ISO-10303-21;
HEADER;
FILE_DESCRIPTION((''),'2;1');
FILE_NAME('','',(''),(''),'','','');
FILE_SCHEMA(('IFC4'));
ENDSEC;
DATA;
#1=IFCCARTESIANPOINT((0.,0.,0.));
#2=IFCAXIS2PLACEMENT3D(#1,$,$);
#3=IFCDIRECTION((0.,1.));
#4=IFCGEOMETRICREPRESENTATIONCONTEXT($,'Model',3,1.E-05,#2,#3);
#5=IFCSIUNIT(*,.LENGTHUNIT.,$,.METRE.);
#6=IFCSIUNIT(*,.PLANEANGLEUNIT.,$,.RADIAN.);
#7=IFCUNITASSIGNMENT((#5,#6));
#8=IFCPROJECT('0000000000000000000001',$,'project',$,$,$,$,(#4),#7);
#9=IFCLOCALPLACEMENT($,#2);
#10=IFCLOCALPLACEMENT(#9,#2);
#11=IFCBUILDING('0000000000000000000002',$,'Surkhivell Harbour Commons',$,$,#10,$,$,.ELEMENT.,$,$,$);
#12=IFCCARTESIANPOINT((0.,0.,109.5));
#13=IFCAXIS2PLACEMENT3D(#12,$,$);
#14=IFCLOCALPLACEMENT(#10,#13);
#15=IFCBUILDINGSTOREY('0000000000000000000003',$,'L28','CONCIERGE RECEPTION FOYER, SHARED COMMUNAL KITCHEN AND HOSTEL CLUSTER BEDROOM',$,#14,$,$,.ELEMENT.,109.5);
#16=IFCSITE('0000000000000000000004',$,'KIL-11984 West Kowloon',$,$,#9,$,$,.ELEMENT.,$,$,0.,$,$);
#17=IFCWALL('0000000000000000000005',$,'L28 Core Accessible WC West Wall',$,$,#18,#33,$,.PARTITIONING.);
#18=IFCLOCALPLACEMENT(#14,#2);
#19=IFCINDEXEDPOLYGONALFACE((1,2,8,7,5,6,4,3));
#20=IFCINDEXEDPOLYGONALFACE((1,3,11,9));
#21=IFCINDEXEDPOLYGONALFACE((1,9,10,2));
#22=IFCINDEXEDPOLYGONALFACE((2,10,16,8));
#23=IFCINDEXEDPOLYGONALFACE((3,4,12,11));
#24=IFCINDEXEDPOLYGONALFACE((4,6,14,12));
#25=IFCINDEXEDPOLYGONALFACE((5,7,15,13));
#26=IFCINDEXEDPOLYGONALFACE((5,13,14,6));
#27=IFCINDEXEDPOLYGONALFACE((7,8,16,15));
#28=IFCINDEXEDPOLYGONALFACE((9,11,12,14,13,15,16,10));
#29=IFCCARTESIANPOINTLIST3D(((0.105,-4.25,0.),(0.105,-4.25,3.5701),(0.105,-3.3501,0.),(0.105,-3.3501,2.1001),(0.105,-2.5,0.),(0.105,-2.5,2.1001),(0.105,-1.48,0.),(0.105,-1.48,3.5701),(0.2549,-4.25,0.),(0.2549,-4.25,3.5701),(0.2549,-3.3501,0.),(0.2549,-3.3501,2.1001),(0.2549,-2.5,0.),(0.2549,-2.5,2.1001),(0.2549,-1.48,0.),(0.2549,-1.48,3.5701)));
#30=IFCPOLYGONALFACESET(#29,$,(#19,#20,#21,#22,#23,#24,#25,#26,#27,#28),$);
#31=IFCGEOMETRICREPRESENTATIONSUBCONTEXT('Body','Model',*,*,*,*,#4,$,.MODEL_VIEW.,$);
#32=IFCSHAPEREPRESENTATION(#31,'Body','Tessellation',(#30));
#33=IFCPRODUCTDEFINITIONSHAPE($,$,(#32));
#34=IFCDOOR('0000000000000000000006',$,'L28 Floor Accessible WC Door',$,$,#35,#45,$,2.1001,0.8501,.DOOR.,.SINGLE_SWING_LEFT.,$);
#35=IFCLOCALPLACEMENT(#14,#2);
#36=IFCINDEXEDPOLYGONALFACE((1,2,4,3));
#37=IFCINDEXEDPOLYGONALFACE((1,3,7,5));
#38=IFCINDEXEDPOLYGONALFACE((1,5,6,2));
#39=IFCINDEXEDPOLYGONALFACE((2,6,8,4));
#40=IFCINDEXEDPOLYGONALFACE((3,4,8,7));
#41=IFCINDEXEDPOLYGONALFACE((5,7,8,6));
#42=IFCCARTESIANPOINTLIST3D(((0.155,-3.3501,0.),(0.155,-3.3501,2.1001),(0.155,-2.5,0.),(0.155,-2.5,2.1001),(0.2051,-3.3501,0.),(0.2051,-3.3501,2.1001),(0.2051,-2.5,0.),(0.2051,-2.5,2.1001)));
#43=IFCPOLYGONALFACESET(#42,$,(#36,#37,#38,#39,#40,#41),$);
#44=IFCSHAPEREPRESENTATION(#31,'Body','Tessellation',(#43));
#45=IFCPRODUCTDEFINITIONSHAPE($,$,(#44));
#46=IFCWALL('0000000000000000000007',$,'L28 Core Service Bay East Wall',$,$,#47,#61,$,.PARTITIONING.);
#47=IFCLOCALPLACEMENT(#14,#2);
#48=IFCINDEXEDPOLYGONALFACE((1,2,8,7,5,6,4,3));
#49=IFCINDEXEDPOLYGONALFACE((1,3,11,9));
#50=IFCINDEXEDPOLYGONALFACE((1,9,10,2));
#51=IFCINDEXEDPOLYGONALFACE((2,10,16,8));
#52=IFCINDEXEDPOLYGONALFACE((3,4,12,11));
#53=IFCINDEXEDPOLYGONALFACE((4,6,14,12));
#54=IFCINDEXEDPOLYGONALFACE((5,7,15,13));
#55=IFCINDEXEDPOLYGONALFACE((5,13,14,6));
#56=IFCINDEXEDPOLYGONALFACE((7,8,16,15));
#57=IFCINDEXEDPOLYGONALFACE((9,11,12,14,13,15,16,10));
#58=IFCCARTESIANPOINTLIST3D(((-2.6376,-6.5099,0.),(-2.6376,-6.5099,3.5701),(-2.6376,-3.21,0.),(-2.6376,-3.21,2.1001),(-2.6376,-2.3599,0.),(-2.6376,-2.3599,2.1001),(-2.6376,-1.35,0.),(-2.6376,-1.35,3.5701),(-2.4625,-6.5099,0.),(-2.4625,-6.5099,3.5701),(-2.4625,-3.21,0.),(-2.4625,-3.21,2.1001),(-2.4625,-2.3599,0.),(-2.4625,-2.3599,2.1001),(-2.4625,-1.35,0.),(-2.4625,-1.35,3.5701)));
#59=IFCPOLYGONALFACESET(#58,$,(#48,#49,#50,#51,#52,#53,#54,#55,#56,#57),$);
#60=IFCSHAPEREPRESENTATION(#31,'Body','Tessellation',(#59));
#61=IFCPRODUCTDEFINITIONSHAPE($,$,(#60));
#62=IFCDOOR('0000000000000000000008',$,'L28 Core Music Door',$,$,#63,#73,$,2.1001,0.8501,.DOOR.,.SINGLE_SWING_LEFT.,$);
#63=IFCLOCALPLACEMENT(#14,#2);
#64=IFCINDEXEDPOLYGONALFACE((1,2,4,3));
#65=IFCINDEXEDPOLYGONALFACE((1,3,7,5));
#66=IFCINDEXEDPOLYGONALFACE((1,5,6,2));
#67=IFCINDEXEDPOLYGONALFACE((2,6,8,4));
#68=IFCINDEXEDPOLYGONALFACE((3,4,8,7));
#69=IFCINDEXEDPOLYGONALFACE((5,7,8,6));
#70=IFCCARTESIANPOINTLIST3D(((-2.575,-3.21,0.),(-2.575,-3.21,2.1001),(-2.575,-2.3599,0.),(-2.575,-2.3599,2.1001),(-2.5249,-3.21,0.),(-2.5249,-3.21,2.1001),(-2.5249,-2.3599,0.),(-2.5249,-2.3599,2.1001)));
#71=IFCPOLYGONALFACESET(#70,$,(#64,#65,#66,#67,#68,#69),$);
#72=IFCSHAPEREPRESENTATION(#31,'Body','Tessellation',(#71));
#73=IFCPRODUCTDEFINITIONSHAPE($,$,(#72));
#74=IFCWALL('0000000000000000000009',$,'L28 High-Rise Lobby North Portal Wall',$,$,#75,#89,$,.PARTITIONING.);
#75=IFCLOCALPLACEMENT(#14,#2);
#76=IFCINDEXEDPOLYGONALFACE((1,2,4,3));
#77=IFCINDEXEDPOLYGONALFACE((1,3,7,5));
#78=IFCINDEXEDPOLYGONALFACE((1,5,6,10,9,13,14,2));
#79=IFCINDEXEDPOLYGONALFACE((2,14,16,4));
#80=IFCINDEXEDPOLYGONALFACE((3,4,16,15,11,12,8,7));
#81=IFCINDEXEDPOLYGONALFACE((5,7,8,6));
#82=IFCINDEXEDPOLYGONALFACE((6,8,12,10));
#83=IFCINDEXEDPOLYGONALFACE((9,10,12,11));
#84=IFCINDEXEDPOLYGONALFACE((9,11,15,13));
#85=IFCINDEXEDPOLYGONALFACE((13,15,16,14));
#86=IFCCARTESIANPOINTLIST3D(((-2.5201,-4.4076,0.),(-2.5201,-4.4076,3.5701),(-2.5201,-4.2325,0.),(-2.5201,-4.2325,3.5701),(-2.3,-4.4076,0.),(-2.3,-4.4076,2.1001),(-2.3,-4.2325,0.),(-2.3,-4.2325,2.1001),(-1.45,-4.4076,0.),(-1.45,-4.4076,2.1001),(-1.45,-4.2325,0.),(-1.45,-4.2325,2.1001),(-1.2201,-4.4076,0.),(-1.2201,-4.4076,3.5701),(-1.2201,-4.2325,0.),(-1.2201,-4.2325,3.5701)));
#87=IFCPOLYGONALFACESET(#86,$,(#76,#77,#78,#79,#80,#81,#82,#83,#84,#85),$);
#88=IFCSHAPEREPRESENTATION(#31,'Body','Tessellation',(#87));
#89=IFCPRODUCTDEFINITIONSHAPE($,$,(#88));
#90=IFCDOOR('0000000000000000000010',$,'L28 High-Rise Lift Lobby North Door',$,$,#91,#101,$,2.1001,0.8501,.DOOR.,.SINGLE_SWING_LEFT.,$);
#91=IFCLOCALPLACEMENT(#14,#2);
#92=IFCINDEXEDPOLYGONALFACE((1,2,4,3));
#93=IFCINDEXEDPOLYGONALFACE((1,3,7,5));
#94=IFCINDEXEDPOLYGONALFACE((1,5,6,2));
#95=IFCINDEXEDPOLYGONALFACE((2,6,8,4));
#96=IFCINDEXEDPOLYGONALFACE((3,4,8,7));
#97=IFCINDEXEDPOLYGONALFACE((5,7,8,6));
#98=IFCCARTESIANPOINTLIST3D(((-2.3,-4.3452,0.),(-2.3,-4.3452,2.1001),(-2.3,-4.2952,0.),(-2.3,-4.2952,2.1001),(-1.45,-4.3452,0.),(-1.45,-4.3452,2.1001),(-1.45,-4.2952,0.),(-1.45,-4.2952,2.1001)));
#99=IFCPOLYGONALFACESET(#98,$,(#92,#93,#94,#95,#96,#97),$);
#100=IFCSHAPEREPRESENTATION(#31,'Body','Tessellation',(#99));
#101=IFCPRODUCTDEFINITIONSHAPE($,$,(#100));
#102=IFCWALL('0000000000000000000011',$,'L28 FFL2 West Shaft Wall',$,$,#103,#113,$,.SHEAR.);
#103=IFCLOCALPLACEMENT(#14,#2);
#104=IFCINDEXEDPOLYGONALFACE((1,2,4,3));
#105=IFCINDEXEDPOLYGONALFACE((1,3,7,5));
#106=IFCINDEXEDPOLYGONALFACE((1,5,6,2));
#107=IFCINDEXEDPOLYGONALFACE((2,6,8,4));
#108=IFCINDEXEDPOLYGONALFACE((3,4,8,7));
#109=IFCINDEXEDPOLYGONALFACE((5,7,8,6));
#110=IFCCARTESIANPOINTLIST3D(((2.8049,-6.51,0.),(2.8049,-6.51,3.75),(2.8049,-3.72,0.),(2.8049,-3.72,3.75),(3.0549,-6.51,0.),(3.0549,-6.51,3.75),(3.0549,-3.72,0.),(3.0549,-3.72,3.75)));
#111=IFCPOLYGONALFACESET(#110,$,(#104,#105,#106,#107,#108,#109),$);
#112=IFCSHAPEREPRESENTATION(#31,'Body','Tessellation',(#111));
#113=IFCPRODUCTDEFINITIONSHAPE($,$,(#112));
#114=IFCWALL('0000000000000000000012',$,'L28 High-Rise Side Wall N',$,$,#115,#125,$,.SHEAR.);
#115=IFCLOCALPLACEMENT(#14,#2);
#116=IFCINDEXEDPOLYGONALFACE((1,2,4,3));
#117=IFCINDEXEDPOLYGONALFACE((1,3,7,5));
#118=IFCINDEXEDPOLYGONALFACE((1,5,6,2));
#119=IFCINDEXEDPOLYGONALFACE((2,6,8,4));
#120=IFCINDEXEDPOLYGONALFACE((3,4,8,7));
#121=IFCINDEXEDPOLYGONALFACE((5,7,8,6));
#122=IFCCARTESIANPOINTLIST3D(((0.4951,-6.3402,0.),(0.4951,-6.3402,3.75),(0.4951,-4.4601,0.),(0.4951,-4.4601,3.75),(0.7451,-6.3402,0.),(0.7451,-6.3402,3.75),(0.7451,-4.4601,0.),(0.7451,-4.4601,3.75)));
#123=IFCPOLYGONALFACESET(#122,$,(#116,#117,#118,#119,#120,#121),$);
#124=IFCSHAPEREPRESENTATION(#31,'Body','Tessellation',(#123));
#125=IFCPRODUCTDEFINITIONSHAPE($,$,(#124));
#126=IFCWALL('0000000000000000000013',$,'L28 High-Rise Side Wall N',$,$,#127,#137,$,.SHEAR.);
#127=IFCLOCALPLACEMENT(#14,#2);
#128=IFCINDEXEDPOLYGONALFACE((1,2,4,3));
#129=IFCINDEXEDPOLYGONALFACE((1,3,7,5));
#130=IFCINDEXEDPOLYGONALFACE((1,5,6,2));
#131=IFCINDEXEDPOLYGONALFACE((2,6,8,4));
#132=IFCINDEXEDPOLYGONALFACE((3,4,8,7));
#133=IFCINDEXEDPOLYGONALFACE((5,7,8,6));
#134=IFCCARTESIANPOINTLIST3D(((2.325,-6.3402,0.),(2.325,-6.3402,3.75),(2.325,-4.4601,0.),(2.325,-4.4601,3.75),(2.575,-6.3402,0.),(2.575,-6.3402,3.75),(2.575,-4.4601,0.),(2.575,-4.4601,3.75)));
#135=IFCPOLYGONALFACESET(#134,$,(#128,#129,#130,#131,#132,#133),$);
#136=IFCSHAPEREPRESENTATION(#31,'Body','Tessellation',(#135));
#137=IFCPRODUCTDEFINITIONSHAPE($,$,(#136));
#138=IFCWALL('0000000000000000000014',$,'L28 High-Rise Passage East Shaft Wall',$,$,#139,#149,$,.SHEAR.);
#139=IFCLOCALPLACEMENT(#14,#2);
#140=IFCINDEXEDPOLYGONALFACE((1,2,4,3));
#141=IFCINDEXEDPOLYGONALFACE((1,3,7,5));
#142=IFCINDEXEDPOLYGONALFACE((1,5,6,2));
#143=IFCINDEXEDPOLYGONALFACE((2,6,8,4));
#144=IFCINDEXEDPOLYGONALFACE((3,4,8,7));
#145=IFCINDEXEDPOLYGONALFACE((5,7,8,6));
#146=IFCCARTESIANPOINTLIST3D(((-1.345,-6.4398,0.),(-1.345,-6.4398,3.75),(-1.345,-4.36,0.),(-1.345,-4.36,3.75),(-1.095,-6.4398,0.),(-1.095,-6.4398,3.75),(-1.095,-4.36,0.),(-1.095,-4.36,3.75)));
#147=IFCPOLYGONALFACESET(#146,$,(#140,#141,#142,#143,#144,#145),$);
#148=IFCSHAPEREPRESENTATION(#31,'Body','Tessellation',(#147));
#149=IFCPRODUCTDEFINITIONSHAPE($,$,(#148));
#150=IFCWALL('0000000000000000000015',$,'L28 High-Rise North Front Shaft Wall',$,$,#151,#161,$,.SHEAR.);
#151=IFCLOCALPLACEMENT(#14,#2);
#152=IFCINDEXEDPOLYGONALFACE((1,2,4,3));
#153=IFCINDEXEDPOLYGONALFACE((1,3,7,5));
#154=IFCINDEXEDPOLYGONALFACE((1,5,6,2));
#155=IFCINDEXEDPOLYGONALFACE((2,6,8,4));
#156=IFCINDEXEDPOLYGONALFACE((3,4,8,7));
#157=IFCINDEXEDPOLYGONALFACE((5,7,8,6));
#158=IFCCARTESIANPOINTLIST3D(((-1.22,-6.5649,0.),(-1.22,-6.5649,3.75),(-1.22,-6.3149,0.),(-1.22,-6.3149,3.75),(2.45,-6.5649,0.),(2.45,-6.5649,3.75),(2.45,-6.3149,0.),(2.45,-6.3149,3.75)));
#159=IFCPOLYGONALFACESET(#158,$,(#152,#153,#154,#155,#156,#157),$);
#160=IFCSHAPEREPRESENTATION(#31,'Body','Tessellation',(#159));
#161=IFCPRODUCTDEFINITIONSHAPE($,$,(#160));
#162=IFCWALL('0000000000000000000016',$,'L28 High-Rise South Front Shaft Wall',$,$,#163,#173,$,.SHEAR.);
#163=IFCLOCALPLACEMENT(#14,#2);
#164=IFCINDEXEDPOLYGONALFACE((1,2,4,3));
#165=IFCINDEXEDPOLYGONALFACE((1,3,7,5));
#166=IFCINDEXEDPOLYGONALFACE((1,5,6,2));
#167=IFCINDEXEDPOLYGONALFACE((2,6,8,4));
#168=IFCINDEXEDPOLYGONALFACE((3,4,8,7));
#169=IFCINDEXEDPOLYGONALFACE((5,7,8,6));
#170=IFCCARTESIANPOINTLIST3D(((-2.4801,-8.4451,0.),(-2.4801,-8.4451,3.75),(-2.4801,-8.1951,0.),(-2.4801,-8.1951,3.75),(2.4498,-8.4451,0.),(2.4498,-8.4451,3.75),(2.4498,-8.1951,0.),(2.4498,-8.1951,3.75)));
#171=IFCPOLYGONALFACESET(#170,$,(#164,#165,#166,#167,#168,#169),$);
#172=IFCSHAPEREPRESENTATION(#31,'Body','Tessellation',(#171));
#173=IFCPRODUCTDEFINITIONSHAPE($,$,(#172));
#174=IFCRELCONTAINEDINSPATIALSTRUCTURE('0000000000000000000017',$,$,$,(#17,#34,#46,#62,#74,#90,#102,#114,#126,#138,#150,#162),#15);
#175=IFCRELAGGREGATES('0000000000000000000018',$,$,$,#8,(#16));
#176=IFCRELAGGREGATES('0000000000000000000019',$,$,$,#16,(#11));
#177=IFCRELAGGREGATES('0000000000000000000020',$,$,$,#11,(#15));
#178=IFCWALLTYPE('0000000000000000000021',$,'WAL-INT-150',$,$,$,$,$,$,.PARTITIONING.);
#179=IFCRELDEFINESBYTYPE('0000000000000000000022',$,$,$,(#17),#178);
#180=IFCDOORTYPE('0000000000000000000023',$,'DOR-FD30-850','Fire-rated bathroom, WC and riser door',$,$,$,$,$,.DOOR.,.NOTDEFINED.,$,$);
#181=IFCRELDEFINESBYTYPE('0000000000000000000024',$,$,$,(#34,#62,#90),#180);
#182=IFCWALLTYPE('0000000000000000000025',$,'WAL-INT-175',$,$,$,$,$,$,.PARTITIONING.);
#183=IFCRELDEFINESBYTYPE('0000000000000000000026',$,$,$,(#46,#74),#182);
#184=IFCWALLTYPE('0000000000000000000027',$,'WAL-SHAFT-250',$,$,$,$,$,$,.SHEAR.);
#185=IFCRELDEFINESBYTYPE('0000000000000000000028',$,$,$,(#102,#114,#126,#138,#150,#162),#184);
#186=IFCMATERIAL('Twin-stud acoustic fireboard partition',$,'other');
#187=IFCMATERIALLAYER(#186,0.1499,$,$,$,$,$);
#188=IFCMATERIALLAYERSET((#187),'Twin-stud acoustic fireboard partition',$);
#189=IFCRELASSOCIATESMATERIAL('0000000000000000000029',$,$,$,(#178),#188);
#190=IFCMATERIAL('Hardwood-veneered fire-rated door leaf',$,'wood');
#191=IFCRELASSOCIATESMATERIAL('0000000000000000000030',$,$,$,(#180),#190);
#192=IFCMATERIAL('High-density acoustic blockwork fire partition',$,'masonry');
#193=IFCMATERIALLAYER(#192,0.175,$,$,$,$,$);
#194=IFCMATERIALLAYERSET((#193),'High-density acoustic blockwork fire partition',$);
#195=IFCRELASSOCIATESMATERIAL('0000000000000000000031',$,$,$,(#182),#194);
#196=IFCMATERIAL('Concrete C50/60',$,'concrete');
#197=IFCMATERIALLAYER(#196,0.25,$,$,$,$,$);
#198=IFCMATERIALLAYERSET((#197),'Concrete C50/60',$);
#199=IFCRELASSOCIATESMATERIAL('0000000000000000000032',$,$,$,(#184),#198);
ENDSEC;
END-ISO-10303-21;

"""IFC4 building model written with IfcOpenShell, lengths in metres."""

from ifc_helpers import new_model, si_unit, direction, frame, frame_2d, origin, place, context, subcontext, project, spatial, rectangle, extrude, material, layer, layer_set, type_object, element, fill, save


model = new_model("IFC4")

# Units and contexts
model_context = context("Model", 3, precision=1e-05, world=origin(), true_north=direction((0.0, 1.0)))
body_context = subcontext(model_context, "Body", "Model", "MODEL_VIEW")
ifc_project = project(units=[si_unit("LENGTHUNIT", "METRE"), si_unit("PLANEANGLEUNIT", "RADIAN")], contexts=[model_context])

# Site, building, storey
site_placement = place(None, origin())
site = spatial("IfcSite", under=ifc_project, at=site_placement, Name="KIL-11984 West Kowloon", CompositionType="ELEMENT", RefElevation=0.0)
building_placement = place(site_placement, origin())
building = spatial("IfcBuilding", under=site, at=building_placement, Name="Surkhivell Harbour Commons", CompositionType="ELEMENT")
storey_placement = place(building_placement, frame((0.0, 0.0, 109.5)))
storey = spatial("IfcBuildingStorey", under=building, at=storey_placement, Name="L28", Description="CONCIERGE RECEPTION FOYER, SHARED COMMUNAL KITCHEN AND HOSTEL CLUSTER BEDROOM", CompositionType="ELEMENT", Elevation=109.5)

# Shared definitions
ifc_material_1 = material(Name="Twin-stud acoustic fireboard partition", Category="other")
ifc_layer_1 = layer(ifc_material_1, 0.1499)
ifc_layer_set_1 = layer_set([ifc_layer_1], Name="Twin-stud acoustic fireboard partition")
wall_type_1 = type_object("IfcWallType", Name="WAL-INT-150", PredefinedType="PARTITIONING", material=ifc_layer_set_1)

# Walls, openings, doors
wall_1_placement = place(storey_placement, frame((0.1799, -4.25, 0.0), z_axis=(0.0, 0.0, 1.0), x_axis=(0.0, 1.0, 0.0)))
wall_1 = element("IfcWall", 1, at=wall_1_placement, inside=storey, type_object=wall_type_1, Name="L28 Core Accessible WC West Wall", PredefinedType="PARTITIONING", context=body_context, shape_type="SweptSolid", body=[
    extrude(rectangle(XDim=2.77, YDim=0.1499, at=frame_2d((1.385, 0.0))), origin(), (0.0, 0.0, 1.0), 3.5701),
])
opening_1_placement = place(wall_1_placement, frame((0.8999, 0.0, 0.0)))
opening_1 = element("IfcOpeningElement", 2, at=opening_1_placement, cuts=wall_1, PredefinedType="OPENING", context=body_context, shape_type="SweptSolid", body=[
    extrude(rectangle(XDim=0.8501, YDim=2.1001, at=frame_2d((0.425, 1.05))), frame((0.0, 0.085, 0.0), z_axis=(0.0, -1.0, 0.0), x_axis=(1.0, 0.0, 0.0)), (0.0, 0.0, 1.0), 0.1699),
])
ifc_material_2 = material(Name="Hardwood-veneered fire-rated door leaf", Category="wood")
door_type_1 = type_object("IfcDoorType", Name="DOR-FD30-850", Description="Fire-rated bathroom, WC and riser door", OperationType="NOTDEFINED", PredefinedType="DOOR", material=ifc_material_2)
door_1_placement = place(opening_1_placement, origin())
door_1 = element("IfcDoor", 3, at=door_1_placement, inside=storey, type_object=door_type_1, Name="L28 Floor Accessible WC Door", OperationType="SINGLE_SWING_LEFT", OverallHeight=2.1001, OverallWidth=0.8501, PredefinedType="DOOR", context=body_context, shape_type="SweptSolid", body=[
    extrude(rectangle(XDim=0.8501, YDim=2.1001, at=frame_2d((0.425, 1.05))), frame((0.0, 0.0249, 0.0), z_axis=(0.0, -1.0, 0.0), x_axis=(1.0, 0.0, 0.0)), (0.0, 0.0, 1.0), 0.05),
])
fill(opening_1, door_1)
ifc_material_3 = material(Name="High-density acoustic blockwork fire partition", Category="masonry")
ifc_layer_2 = layer(ifc_material_3, 0.175)
ifc_layer_set_2 = layer_set([ifc_layer_2], Name="High-density acoustic blockwork fire partition")
wall_type_2 = type_object("IfcWallType", Name="WAL-INT-175", PredefinedType="PARTITIONING", material=ifc_layer_set_2)
wall_2_placement = place(storey_placement, frame((-2.55, -6.51, 0.0), z_axis=(0.0, 0.0, 1.0), x_axis=(0.0, 1.0, 0.0)))
wall_2 = element("IfcWall", 4, at=wall_2_placement, inside=storey, type_object=wall_type_2, Name="L28 Core Service Bay East Wall", PredefinedType="PARTITIONING", context=body_context, shape_type="SweptSolid", body=[
    extrude(rectangle(XDim=5.1599, YDim=0.175, at=frame_2d((2.5801, 0.0))), origin(), (0.0, 0.0, 1.0), 3.5701),
])
opening_2_placement = place(wall_2_placement, frame((3.3, 0.0, 0.0)))
opening_2 = element("IfcOpeningElement", 5, at=opening_2_placement, cuts=wall_2, PredefinedType="OPENING", context=body_context, shape_type="SweptSolid", body=[
    extrude(rectangle(XDim=0.8501, YDim=2.1001, at=frame_2d((0.425, 1.05))), frame((0.0, 0.0974, 0.0), z_axis=(0.0, -1.0, 0.0), x_axis=(1.0, 0.0, 0.0)), (0.0, 0.0, 1.0), 0.1951),
])
door_2_placement = place(opening_2_placement, origin())
door_2 = element("IfcDoor", 6, at=door_2_placement, inside=storey, type_object=door_type_1, Name="L28 Core Music Door", OperationType="SINGLE_SWING_LEFT", OverallHeight=2.1001, OverallWidth=0.8501, PredefinedType="DOOR", context=body_context, shape_type="SweptSolid", body=[
    extrude(rectangle(XDim=0.8501, YDim=2.1001, at=frame_2d((0.425, 1.05))), frame((0.0, 0.0249, 0.0), z_axis=(0.0, -1.0, 0.0), x_axis=(1.0, 0.0, 0.0)), (0.0, 0.0, 1.0), 0.05),
])
fill(opening_2, door_2)
wall_3_placement = place(storey_placement, frame((-2.52, -4.3201, 0.0), z_axis=(0.0, 0.0, 1.0), x_axis=(1.0, 0.0, 0.0)))
wall_3 = element("IfcWall", 7, at=wall_3_placement, inside=storey, type_object=wall_type_2, Name="L28 High-Rise Lobby North Portal Wall", PredefinedType="PARTITIONING", context=body_context, shape_type="SweptSolid", body=[
    extrude(rectangle(XDim=1.3, YDim=0.175, at=frame_2d((0.6499, 0.0))), origin(), (0.0, 0.0, 1.0), 3.5701),
])
opening_3_placement = place(wall_3_placement, frame((0.22, 0.0, 0.0)))
opening_3 = element("IfcOpeningElement", 8, at=opening_3_placement, cuts=wall_3, PredefinedType="OPENING", context=body_context, shape_type="SweptSolid", body=[
    extrude(rectangle(XDim=0.8501, YDim=2.1001, at=frame_2d((0.425, 1.05))), frame((0.0, 0.0974, 0.0), z_axis=(0.0, -1.0, 0.0), x_axis=(1.0, 0.0, 0.0)), (0.0, 0.0, 1.0), 0.1951),
])
door_3_placement = place(opening_3_placement, origin())
door_3 = element("IfcDoor", 9, at=door_3_placement, inside=storey, type_object=door_type_1, Name="L28 High-Rise Lift Lobby North Door", OperationType="SINGLE_SWING_LEFT", OverallHeight=2.1001, OverallWidth=0.8501, PredefinedType="DOOR", context=body_context, shape_type="SweptSolid", body=[
    extrude(rectangle(XDim=0.8501, YDim=2.1001, at=frame_2d((0.425, 1.05))), frame((0.0, 0.0249, 0.0), z_axis=(0.0, -1.0, 0.0), x_axis=(1.0, 0.0, 0.0)), (0.0, 0.0, 1.0), 0.05),
])
fill(opening_3, door_3)

# Walls
ifc_material_4 = material(Name="Concrete C50/60", Category="concrete")
ifc_layer_3 = layer(ifc_material_4, 0.25)
ifc_layer_set_3 = layer_set([ifc_layer_3], Name="Concrete C50/60")
wall_type_3 = type_object("IfcWallType", Name="WAL-SHAFT-250", PredefinedType="SHEAR", material=ifc_layer_set_3)
wall_4_placement = place(storey_placement, frame((2.9299, -6.51, 0.0), z_axis=(0.0, 0.0, 1.0), x_axis=(0.0, 1.0, 0.0)))
element("IfcWall", 10, at=wall_4_placement, inside=storey, type_object=wall_type_3, Name="L28 FFL2 West Shaft Wall", PredefinedType="SHEAR", context=body_context, shape_type="SweptSolid", body=[
    extrude(rectangle(XDim=2.79, YDim=0.25, at=frame_2d((1.395, 0.0))), origin(), (0.0, 0.0, 1.0), 3.75),
])
for number, where, z_axis, x_axis, name in (
    (11, (0.6201, -6.3401, 0.0), (0.0, 0.0, 1.0), (0.0, 1.0, 0.0), "L28 High-Rise Side Wall N"),
    (12, (2.45, -6.3401, 0.0), (0.0, 0.0, 1.0), (0.0, 1.0, 0.0), "L28 High-Rise Side Wall N"),
):
    element("IfcWall", number, at=place(storey_placement, frame(where, z_axis=z_axis, x_axis=x_axis)), inside=storey, type_object=wall_type_3, Name=name, PredefinedType="SHEAR", context=body_context, shape_type="SweptSolid", body=[
        extrude(rectangle(XDim=1.8801, YDim=0.25, at=frame_2d((0.9399, 0.0))), origin(), (0.0, 0.0, 1.0), 3.75),
    ])
wall_5_placement = place(storey_placement, frame((-1.22, -6.4399, 0.0), z_axis=(0.0, 0.0, 1.0), x_axis=(0.0, 1.0, 0.0)))
element("IfcWall", 13, at=wall_5_placement, inside=storey, type_object=wall_type_3, Name="L28 High-Rise Passage East Shaft Wall", PredefinedType="SHEAR", context=body_context, shape_type="SweptSolid", body=[
    extrude(rectangle(XDim=2.0798, YDim=0.25, at=frame_2d((1.04, 0.0))), origin(), (0.0, 0.0, 1.0), 3.75),
])
wall_6_placement = place(storey_placement, frame((-1.22, -6.4399, 0.0), z_axis=(0.0, 0.0, 1.0), x_axis=(1.0, 0.0, 0.0)))
element("IfcWall", 14, at=wall_6_placement, inside=storey, type_object=wall_type_3, Name="L28 High-Rise North Front Shaft Wall", PredefinedType="SHEAR", context=body_context, shape_type="SweptSolid", body=[
    extrude(rectangle(XDim=3.6699, YDim=0.25, at=frame_2d((1.835, 0.0))), origin(), (0.0, 0.0, 1.0), 3.75),
])
wall_7_placement = place(storey_placement, frame((-2.48, -8.3201, 0.0), z_axis=(0.0, 0.0, 1.0), x_axis=(1.0, 0.0, 0.0)))
element("IfcWall", 15, at=wall_7_placement, inside=storey, type_object=wall_type_3, Name="L28 High-Rise South Front Shaft Wall", PredefinedType="SHEAR", context=body_context, shape_type="SweptSolid", body=[
    extrude(rectangle(XDim=4.9299, YDim=0.25, at=frame_2d((2.4648, 0.0))), origin(), (0.0, 0.0, 1.0), 3.75),
])

save(model, "model.ifc")
